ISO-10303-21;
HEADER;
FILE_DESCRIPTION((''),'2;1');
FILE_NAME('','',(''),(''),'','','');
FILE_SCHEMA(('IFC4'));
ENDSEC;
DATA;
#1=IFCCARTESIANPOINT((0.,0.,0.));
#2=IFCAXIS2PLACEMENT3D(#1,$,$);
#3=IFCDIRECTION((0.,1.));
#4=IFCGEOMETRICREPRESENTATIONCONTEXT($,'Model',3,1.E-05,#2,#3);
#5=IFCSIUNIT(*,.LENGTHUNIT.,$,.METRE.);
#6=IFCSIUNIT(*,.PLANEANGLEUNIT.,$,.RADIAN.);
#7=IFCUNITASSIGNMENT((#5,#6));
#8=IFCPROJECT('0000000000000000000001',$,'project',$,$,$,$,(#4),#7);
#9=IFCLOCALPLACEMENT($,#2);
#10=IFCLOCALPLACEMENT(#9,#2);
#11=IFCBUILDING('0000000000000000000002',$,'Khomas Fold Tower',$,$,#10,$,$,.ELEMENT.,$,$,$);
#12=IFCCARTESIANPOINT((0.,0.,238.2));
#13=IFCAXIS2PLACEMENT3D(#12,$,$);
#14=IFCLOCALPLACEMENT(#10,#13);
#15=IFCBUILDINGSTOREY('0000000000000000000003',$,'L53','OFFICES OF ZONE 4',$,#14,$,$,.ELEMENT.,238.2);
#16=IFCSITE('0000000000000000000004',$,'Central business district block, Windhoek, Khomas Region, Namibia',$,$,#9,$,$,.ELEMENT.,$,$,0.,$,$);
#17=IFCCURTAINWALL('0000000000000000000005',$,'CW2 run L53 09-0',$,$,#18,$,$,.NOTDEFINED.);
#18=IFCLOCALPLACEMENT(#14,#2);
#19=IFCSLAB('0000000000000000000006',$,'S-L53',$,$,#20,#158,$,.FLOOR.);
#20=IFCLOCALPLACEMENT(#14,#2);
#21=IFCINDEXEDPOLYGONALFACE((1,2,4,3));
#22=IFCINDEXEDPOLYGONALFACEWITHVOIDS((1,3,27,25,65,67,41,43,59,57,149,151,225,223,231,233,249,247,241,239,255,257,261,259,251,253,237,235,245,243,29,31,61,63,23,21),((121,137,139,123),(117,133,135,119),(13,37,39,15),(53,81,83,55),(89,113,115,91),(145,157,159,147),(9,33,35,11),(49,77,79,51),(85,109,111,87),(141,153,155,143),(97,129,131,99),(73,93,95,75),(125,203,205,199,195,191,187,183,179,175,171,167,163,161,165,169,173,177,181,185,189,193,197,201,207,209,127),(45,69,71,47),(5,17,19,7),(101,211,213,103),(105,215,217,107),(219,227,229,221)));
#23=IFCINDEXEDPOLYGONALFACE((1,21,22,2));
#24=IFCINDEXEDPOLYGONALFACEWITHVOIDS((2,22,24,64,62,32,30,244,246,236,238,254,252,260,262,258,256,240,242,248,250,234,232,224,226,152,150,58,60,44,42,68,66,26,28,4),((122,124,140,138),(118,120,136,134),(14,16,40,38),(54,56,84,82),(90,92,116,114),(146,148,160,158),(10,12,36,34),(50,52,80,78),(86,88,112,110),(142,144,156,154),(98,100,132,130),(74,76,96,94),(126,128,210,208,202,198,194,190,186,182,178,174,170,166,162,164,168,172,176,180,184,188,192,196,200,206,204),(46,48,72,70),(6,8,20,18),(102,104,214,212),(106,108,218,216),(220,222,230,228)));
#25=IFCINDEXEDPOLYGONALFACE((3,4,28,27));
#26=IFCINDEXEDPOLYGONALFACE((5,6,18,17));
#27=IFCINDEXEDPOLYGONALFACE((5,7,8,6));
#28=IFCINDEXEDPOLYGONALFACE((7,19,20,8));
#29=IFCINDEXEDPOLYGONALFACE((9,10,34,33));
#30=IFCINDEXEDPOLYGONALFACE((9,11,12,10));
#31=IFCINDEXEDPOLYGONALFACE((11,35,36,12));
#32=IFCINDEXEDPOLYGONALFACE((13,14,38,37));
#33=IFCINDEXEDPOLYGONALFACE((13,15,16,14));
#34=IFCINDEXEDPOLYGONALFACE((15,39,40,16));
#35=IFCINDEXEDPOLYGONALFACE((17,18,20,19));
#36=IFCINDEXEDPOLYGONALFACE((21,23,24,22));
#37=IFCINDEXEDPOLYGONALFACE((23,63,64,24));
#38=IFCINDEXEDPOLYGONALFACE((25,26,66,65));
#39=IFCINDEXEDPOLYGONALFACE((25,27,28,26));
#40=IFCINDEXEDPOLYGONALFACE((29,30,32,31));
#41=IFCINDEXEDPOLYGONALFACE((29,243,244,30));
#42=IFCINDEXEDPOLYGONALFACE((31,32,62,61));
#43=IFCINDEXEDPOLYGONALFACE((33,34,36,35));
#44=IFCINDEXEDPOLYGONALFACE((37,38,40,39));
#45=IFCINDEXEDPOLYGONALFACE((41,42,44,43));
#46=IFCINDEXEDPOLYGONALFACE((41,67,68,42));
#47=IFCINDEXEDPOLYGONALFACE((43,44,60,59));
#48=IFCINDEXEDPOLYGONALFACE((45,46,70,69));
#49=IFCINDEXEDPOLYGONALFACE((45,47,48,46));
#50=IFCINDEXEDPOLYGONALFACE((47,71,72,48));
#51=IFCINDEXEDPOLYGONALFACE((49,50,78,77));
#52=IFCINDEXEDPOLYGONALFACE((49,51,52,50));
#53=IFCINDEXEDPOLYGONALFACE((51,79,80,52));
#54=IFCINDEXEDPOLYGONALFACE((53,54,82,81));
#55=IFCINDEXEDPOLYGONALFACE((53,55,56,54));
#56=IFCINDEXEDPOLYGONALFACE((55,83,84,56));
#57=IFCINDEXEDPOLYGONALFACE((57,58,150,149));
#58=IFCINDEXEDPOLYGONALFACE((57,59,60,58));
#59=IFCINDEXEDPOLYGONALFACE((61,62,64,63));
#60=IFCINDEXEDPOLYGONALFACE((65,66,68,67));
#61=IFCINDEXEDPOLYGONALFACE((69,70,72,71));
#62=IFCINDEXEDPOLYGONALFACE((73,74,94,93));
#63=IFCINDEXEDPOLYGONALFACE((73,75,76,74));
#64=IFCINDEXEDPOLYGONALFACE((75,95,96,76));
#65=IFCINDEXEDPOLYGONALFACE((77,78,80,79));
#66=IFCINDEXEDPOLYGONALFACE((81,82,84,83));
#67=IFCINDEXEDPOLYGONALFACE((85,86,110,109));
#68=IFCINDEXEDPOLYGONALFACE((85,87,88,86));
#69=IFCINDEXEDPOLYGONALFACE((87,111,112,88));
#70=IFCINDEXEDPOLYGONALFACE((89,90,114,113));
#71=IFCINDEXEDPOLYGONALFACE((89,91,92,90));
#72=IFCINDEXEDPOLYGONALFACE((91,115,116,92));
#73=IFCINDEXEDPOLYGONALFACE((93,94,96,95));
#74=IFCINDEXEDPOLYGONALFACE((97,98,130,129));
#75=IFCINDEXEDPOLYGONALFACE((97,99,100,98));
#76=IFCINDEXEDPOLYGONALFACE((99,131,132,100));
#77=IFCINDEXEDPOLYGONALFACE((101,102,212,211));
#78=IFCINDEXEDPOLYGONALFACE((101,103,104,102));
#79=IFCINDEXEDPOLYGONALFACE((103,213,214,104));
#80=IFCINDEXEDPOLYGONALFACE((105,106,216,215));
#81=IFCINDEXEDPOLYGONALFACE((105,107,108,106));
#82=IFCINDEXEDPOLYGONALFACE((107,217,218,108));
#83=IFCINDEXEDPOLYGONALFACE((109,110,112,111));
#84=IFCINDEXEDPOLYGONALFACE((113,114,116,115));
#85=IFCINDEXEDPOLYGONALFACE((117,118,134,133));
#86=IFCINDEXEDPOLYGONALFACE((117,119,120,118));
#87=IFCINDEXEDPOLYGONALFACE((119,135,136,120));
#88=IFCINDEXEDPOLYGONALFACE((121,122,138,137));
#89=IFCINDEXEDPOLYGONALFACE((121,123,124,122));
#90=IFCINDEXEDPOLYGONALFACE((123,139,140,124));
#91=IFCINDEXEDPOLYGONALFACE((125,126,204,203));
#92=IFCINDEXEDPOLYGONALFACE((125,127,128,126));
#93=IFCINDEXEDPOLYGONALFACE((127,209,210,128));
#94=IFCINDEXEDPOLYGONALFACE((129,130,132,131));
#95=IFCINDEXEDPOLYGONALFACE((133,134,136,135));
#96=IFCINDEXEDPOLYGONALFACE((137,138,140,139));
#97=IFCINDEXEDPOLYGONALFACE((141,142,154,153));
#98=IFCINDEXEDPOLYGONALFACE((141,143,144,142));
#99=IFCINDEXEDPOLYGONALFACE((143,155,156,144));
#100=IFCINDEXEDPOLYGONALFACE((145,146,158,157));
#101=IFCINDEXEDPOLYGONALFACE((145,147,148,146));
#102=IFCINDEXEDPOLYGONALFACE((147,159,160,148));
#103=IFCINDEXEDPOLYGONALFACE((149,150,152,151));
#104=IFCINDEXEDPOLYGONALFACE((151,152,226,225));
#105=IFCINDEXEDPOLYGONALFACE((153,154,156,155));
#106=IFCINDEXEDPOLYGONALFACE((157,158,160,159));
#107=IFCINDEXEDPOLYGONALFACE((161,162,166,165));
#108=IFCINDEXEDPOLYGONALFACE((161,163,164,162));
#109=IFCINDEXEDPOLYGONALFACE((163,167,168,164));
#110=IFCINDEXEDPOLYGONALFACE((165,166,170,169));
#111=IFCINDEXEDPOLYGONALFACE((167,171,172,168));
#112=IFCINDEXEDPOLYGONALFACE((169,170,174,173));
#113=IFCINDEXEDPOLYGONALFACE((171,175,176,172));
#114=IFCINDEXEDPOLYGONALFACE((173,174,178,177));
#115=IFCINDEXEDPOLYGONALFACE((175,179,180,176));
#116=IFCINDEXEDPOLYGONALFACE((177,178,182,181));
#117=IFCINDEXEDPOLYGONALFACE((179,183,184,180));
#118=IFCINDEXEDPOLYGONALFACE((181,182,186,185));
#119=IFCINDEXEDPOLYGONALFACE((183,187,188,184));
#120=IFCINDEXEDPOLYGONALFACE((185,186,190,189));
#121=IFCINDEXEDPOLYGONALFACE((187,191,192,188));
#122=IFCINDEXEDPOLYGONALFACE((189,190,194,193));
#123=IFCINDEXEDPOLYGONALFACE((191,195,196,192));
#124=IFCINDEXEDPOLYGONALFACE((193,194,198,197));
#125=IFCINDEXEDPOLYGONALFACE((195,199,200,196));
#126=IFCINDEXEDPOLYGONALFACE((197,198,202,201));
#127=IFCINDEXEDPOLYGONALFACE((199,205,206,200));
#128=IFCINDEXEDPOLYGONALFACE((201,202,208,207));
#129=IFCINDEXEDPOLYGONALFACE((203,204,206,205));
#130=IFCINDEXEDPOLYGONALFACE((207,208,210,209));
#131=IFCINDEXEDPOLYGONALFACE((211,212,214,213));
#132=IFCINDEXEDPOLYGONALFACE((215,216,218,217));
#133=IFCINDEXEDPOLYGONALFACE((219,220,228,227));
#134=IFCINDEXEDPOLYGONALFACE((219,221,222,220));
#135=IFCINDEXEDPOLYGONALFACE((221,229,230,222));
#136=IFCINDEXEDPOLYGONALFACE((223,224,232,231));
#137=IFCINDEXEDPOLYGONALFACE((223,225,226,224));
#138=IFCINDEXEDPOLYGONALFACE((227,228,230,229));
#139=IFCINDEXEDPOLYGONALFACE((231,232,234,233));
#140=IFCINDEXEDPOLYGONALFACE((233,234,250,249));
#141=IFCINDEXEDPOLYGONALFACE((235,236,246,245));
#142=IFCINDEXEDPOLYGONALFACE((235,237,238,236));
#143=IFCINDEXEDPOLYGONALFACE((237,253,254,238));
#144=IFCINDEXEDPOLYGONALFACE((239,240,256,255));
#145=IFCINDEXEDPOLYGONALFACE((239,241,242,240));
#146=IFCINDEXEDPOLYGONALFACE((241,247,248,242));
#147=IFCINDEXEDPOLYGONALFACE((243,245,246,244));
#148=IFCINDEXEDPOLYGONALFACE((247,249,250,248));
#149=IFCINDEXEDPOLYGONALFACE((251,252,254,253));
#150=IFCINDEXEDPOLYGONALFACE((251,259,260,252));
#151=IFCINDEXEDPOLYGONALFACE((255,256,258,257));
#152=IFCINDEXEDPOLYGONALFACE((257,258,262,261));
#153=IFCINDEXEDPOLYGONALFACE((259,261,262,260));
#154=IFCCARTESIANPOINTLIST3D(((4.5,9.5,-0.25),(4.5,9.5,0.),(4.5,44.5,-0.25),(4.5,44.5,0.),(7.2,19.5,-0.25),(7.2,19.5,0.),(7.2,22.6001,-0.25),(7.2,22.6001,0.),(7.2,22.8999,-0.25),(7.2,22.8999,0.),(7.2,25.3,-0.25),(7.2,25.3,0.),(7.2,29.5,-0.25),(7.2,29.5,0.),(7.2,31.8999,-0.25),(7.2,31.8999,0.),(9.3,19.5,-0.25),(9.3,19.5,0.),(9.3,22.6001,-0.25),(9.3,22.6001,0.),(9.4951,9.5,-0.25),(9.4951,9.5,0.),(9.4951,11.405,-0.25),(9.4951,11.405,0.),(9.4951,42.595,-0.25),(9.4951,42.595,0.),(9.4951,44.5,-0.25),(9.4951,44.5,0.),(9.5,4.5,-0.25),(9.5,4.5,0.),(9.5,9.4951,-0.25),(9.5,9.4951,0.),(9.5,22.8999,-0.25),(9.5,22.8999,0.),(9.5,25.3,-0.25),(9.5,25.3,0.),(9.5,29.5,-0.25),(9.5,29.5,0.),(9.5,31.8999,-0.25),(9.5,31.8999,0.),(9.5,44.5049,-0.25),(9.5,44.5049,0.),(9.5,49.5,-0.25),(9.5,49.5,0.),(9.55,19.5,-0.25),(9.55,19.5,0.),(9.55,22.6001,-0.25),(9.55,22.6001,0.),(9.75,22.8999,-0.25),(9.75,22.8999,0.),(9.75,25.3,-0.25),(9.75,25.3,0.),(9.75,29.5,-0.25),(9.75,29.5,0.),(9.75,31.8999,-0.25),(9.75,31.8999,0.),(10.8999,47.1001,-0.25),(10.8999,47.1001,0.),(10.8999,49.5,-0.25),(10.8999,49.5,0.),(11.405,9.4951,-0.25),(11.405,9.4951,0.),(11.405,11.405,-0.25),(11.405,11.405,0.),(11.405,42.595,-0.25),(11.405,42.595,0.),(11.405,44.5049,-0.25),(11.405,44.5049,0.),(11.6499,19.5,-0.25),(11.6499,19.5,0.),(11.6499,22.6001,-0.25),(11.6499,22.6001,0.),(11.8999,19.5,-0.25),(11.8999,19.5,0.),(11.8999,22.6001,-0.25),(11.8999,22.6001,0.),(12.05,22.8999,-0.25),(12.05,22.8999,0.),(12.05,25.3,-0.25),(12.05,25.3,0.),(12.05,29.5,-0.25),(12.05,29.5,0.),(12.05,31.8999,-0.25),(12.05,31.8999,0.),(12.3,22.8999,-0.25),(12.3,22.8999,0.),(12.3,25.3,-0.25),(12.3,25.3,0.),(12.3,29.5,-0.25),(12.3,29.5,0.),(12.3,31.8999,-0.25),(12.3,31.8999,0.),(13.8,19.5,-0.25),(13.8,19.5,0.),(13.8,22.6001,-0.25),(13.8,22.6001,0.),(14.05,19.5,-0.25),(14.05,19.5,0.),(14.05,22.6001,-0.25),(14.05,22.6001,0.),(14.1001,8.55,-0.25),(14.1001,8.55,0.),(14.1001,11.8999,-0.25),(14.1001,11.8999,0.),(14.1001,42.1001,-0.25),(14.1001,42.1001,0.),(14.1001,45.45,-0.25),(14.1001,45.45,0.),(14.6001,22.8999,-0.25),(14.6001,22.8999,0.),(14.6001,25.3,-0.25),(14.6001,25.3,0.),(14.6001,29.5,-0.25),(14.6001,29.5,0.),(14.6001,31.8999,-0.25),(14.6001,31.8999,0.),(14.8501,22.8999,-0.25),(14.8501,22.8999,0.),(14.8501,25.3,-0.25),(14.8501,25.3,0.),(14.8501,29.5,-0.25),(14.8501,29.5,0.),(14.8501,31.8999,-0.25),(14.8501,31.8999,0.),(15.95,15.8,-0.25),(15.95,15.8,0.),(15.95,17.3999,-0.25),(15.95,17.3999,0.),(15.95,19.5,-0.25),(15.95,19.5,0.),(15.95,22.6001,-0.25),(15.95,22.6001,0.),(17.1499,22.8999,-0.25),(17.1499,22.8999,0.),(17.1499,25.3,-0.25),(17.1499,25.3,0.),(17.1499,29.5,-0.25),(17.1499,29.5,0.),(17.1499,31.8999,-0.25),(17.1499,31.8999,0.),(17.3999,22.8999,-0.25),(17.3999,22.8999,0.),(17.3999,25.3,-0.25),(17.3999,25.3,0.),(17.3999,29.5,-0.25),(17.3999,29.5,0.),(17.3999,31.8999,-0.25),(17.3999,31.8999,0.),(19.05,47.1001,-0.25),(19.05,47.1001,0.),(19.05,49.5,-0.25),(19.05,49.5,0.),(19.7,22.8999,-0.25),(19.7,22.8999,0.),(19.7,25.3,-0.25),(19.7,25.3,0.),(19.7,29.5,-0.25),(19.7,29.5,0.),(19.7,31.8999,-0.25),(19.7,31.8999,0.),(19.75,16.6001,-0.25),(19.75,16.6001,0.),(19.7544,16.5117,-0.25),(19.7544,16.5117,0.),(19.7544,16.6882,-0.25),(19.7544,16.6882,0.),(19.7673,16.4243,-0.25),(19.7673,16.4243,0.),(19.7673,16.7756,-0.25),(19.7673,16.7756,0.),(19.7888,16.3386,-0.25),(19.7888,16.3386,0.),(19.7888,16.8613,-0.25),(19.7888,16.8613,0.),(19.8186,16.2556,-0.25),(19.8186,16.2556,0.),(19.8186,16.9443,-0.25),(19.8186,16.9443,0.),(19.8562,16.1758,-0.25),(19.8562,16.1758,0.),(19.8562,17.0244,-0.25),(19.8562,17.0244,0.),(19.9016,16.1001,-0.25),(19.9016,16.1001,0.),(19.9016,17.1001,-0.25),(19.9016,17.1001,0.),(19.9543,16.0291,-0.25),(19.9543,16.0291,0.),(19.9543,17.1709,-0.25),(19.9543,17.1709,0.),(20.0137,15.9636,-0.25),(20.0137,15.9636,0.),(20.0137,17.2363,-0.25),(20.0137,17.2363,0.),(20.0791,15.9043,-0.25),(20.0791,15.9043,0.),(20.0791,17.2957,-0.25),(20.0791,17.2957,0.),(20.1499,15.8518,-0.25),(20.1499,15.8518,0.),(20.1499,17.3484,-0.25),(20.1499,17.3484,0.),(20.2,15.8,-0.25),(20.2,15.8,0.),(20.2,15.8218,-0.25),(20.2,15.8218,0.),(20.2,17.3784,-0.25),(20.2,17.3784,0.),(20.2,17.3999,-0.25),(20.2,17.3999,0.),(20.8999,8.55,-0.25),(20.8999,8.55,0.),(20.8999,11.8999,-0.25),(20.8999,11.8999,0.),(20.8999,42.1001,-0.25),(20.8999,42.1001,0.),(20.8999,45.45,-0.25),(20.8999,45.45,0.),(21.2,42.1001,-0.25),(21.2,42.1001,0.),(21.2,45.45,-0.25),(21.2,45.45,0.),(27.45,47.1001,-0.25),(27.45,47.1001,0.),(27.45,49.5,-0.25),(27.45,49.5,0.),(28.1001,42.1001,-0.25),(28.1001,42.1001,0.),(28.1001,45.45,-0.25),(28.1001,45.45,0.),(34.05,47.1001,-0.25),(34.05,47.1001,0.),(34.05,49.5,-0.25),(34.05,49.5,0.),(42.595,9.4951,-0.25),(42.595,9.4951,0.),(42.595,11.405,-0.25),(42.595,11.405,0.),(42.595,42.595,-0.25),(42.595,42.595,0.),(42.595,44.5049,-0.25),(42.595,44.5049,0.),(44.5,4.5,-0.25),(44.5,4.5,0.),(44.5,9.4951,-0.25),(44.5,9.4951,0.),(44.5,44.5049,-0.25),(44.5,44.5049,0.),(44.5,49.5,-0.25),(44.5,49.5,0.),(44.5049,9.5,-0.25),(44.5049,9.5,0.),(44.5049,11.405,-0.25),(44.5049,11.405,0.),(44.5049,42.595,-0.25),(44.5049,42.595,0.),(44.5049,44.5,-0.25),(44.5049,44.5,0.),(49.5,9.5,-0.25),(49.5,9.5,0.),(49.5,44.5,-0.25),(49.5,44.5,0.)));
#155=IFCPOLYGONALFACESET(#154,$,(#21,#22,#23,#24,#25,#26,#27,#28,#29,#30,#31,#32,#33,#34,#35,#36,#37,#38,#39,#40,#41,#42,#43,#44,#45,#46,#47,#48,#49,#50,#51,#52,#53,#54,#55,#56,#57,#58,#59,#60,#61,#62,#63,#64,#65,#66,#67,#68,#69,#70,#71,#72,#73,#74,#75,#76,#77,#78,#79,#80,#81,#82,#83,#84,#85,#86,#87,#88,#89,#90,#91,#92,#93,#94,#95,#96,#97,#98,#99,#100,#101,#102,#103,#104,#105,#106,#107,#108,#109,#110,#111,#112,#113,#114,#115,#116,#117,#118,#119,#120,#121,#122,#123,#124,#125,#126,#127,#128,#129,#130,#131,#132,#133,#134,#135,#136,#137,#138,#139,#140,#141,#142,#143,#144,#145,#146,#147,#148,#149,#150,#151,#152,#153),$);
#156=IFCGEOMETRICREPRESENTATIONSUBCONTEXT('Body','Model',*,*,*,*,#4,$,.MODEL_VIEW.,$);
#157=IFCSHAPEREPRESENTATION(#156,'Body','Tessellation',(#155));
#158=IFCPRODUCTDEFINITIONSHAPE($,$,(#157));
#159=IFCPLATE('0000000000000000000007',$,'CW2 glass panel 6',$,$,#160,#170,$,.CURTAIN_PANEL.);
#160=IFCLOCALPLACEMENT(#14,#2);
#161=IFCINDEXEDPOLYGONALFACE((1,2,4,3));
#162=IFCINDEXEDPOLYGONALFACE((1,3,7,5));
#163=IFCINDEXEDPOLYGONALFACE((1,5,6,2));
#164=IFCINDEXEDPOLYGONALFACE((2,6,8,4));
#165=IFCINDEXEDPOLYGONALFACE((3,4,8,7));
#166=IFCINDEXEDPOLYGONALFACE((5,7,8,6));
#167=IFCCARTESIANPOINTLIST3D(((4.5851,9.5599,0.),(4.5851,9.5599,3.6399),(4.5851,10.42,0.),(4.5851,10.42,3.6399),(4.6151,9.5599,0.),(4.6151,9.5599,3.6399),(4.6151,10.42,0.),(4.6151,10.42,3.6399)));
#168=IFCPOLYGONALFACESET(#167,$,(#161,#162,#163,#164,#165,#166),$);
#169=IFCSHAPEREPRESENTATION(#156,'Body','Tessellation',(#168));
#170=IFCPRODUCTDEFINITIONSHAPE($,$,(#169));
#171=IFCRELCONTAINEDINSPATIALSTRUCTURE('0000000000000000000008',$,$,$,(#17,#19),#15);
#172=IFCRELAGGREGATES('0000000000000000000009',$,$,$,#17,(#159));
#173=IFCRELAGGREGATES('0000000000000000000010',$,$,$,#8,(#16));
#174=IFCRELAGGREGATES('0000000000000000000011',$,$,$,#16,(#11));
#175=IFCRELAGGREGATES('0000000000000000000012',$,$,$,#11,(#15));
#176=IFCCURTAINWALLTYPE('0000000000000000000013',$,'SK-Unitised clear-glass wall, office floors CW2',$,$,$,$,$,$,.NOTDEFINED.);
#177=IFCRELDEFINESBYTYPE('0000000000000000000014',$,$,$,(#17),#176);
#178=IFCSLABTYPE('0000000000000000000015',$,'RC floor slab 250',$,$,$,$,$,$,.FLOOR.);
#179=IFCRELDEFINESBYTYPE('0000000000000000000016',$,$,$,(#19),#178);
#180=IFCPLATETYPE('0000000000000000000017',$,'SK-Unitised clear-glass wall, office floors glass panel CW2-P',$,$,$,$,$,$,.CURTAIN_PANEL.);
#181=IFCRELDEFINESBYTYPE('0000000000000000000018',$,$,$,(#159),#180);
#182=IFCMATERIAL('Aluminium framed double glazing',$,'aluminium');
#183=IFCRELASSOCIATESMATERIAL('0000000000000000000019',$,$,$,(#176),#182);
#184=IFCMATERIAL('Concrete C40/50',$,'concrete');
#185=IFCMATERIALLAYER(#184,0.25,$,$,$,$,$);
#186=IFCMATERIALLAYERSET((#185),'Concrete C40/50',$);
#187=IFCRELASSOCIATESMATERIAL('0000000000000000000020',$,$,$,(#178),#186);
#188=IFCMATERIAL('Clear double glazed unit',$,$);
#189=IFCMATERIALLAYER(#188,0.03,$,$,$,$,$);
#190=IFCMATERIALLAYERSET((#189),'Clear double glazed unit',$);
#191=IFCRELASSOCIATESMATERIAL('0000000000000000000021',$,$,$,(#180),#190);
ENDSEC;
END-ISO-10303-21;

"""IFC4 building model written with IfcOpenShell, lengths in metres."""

from ifc_helpers import new_model, si_unit, direction, frame, origin, origin_2d, place, context, subcontext, project, spatial, polyline, rectangle, outline, extrude, source, transform, mapped, material, layer, layer_set, type_object, element, aggregate, save


model = new_model("IFC4")

# Units and contexts
model_context = context("Model", 3, precision=1e-05, world=origin(), true_north=direction((0.0, 1.0)))
body_context = subcontext(model_context, "Body", "Model", "MODEL_VIEW")
ifc_project = project(units=[si_unit("LENGTHUNIT", "METRE"), si_unit("PLANEANGLEUNIT", "RADIAN")], contexts=[model_context])

# Site, building, storey
site_placement = place(None, origin())
site = spatial("IfcSite", under=ifc_project, at=site_placement, Name="Central business district block, Windhoek, Khomas Region, Namibia", CompositionType="ELEMENT", RefElevation=0.0)
building_placement = place(site_placement, origin())
building = spatial("IfcBuilding", under=site, at=building_placement, Name="Khomas Fold Tower", CompositionType="ELEMENT")
storey_placement = place(building_placement, frame((0.0, 0.0, 238.2)))
storey = spatial("IfcBuildingStorey", under=building, at=storey_placement, Name="L53", Description="OFFICES OF ZONE 4", CompositionType="ELEMENT", Elevation=238.2)

# Curtain wall
ifc_material_1 = material(Name="Aluminium framed double glazing", Category="aluminium")
curtain_wall_type = type_object("IfcCurtainWallType", Name="SK-Unitised clear-glass wall, office floors CW2", PredefinedType="NOTDEFINED", material=ifc_material_1)
curtain_wall_1_placement = place(storey_placement, origin())
curtain_wall_1 = element("IfcCurtainWall", 1, at=curtain_wall_1_placement, inside=storey, type_object=curtain_wall_type, Name="CW2 run L53 09-0", PredefinedType="NOTDEFINED")

# Slab
ifc_material_2 = material(Name="Concrete C40/50", Category="concrete")
ifc_layer_1 = layer(ifc_material_2, 0.25)
ifc_layer_set_1 = layer_set([ifc_layer_1], Name="Concrete C40/50")
slab_type_1 = type_object("IfcSlabType", Name="RC floor slab 250", PredefinedType="FLOOR", material=ifc_layer_set_1)
shared_shape_1 = source(origin(), body_context, "Body", "SweptSolid", [
    extrude(outline(polyline([(4.5, 9.5), (9.4951, 9.5), (9.4951, 11.405), (11.405, 11.405), (11.405, 9.4951), (9.5, 9.4951), (9.5, 4.5), (44.5, 4.5), (44.5, 9.4951), (42.595, 9.4951), (42.595, 11.405), (44.5049, 11.405), (44.5049, 9.5), (49.5, 9.5), (49.5, 44.5), (44.5049, 44.5), (44.5049, 42.595), (42.595, 42.595), (42.595, 44.5049), (44.5, 44.5049), (44.5, 49.5), (34.05, 49.5), (34.05, 47.1001), (27.45, 47.1001), (27.45, 49.5), (19.05, 49.5), (19.05, 47.1001), (10.8999, 47.1001), (10.8999, 49.5), (9.5, 49.5), (9.5, 44.5049), (11.405, 44.5049), (11.405, 42.595), (9.4951, 42.595), (9.4951, 44.5), (4.5, 44.5), (4.5, 9.5)]), holes=[polyline([(7.2, 19.5), (7.2, 22.6001), (9.3, 22.6001), (9.3, 19.5), (7.2, 19.5)]), polyline([(7.2, 22.8999), (7.2, 25.3), (9.5, 25.3), (9.5, 22.8999), (7.2, 22.8999)]), polyline([(7.2, 29.5), (7.2, 31.8999), (9.5, 31.8999), (9.5, 29.5), (7.2, 29.5)]), polyline([(9.55, 19.5), (9.55, 22.6001), (11.6499, 22.6001), (11.6499, 19.5), (9.55, 19.5)]), polyline([(9.75, 22.8999), (9.75, 25.3), (12.05, 25.3), (12.05, 22.8999), (9.75, 22.8999)]), polyline([(9.75, 29.5), (9.75, 31.8999), (12.05, 31.8999), (12.05, 29.5), (9.75, 29.5)]), polyline([(11.8999, 19.5), (11.8999, 22.6001), (13.8, 22.6001), (13.8, 19.5), (11.8999, 19.5)]), polyline([(12.3, 22.8999), (12.3, 25.3), (14.6001, 25.3), (14.6001, 22.8999), (12.3, 22.8999)]), polyline([(12.3, 29.5), (12.3, 31.8999), (14.6001, 31.8999), (14.6001, 29.5), (12.3, 29.5)]), polyline([(14.05, 19.5), (14.05, 22.6001), (15.95, 22.6001), (15.95, 19.5), (14.05, 19.5)]), polyline([(14.1001, 8.55), (14.1001, 11.8999), (20.8999, 11.8999), (20.8999, 8.55), (14.1001, 8.55)]), polyline([(14.1001, 42.1001), (14.1001, 45.45), (20.8999, 45.45), (20.8999, 42.1001), (14.1001, 42.1001)]), polyline([(14.8501, 22.8999), (14.8501, 25.3), (17.1499, 25.3), (17.1499, 22.8999), (14.8501, 22.8999)]), polyline([(14.8501, 29.5), (14.8501, 31.8999), (17.1499, 31.8999), (17.1499, 29.5), (14.8501, 29.5)]), polyline([(15.95, 15.8), (15.95, 17.3999), (20.2, 17.3999), (20.2, 17.3784), (20.1499, 17.3484), (20.0791, 17.2957), (20.0137, 17.2363), (19.9543, 17.1709), (19.9016, 17.1001), (19.8562, 17.0244), (19.8186, 16.9443), (19.7888, 16.8613), (19.7673, 16.7756), (19.7544, 16.6882), (19.75, 16.6001), (19.7544, 16.5117), (19.7673, 16.4243), (19.7888, 16.3386), (19.8186, 16.2556), (19.8562, 16.1758), (19.9016, 16.1001), (19.9543, 16.0291), (20.0137, 15.9636), (20.0791, 15.9043), (20.1499, 15.8518), (20.2, 15.8218), (20.2, 15.8), (15.95, 15.8)]), polyline([(17.3999, 22.8999), (17.3999, 25.3), (19.7, 25.3), (19.7, 22.8999), (17.3999, 22.8999)]), polyline([(17.3999, 29.5), (17.3999, 31.8999), (19.7, 31.8999), (19.7, 29.5), (17.3999, 29.5)]), polyline([(21.2, 42.1001), (21.2, 45.45), (28.1001, 45.45), (28.1001, 42.1001), (21.2, 42.1001)])]), origin(), (0.0, 0.0, 1.0), 0.25),
])
slab_1_placement = place(storey_placement, frame((0.0, 0.0, -0.25)))
element("IfcSlab", 2, at=slab_1_placement, inside=storey, type_object=slab_type_1, Name="S-L53", PredefinedType="FLOOR", context=body_context, shape_type="MappedRepresentation", body=[
    mapped(shared_shape_1, transform((0.0, 0.0, 0.0))),
])

# Plate
ifc_material_3 = material(Name="Clear double glazed unit")
ifc_layer_2 = layer(ifc_material_3, 0.03)
ifc_layer_set_2 = layer_set([ifc_layer_2], Name="Clear double glazed unit")
plate_type = type_object("IfcPlateType", Name="SK-Unitised clear-glass wall, office floors glass panel CW2-P", PredefinedType="CURTAIN_PANEL", material=ifc_layer_set_2)
shared_shape_2 = source(origin(), body_context, "Body", "SweptSolid", [
    extrude(rectangle(XDim=0.8601, YDim=0.03, at=origin_2d()), origin(), (0.0, 0.0, 1.0), 3.6399),
])
plate_1_placement = place(storey_placement, frame((4.6001, 9.99, 0.0), z_axis=(0.0, 0.0, 1.0), x_axis=(0.0, -1.0, 0.0)))
plate_1 = element("IfcPlate", 3, at=plate_1_placement, type_object=plate_type, Name="CW2 glass panel 6", PredefinedType="CURTAIN_PANEL", context=body_context, shape_type="MappedRepresentation", body=[
    mapped(shared_shape_2, transform((0.0, 0.0, 0.0))),
])
aggregate(curtain_wall_1, [plate_1])

save(model, "model.ifc")
